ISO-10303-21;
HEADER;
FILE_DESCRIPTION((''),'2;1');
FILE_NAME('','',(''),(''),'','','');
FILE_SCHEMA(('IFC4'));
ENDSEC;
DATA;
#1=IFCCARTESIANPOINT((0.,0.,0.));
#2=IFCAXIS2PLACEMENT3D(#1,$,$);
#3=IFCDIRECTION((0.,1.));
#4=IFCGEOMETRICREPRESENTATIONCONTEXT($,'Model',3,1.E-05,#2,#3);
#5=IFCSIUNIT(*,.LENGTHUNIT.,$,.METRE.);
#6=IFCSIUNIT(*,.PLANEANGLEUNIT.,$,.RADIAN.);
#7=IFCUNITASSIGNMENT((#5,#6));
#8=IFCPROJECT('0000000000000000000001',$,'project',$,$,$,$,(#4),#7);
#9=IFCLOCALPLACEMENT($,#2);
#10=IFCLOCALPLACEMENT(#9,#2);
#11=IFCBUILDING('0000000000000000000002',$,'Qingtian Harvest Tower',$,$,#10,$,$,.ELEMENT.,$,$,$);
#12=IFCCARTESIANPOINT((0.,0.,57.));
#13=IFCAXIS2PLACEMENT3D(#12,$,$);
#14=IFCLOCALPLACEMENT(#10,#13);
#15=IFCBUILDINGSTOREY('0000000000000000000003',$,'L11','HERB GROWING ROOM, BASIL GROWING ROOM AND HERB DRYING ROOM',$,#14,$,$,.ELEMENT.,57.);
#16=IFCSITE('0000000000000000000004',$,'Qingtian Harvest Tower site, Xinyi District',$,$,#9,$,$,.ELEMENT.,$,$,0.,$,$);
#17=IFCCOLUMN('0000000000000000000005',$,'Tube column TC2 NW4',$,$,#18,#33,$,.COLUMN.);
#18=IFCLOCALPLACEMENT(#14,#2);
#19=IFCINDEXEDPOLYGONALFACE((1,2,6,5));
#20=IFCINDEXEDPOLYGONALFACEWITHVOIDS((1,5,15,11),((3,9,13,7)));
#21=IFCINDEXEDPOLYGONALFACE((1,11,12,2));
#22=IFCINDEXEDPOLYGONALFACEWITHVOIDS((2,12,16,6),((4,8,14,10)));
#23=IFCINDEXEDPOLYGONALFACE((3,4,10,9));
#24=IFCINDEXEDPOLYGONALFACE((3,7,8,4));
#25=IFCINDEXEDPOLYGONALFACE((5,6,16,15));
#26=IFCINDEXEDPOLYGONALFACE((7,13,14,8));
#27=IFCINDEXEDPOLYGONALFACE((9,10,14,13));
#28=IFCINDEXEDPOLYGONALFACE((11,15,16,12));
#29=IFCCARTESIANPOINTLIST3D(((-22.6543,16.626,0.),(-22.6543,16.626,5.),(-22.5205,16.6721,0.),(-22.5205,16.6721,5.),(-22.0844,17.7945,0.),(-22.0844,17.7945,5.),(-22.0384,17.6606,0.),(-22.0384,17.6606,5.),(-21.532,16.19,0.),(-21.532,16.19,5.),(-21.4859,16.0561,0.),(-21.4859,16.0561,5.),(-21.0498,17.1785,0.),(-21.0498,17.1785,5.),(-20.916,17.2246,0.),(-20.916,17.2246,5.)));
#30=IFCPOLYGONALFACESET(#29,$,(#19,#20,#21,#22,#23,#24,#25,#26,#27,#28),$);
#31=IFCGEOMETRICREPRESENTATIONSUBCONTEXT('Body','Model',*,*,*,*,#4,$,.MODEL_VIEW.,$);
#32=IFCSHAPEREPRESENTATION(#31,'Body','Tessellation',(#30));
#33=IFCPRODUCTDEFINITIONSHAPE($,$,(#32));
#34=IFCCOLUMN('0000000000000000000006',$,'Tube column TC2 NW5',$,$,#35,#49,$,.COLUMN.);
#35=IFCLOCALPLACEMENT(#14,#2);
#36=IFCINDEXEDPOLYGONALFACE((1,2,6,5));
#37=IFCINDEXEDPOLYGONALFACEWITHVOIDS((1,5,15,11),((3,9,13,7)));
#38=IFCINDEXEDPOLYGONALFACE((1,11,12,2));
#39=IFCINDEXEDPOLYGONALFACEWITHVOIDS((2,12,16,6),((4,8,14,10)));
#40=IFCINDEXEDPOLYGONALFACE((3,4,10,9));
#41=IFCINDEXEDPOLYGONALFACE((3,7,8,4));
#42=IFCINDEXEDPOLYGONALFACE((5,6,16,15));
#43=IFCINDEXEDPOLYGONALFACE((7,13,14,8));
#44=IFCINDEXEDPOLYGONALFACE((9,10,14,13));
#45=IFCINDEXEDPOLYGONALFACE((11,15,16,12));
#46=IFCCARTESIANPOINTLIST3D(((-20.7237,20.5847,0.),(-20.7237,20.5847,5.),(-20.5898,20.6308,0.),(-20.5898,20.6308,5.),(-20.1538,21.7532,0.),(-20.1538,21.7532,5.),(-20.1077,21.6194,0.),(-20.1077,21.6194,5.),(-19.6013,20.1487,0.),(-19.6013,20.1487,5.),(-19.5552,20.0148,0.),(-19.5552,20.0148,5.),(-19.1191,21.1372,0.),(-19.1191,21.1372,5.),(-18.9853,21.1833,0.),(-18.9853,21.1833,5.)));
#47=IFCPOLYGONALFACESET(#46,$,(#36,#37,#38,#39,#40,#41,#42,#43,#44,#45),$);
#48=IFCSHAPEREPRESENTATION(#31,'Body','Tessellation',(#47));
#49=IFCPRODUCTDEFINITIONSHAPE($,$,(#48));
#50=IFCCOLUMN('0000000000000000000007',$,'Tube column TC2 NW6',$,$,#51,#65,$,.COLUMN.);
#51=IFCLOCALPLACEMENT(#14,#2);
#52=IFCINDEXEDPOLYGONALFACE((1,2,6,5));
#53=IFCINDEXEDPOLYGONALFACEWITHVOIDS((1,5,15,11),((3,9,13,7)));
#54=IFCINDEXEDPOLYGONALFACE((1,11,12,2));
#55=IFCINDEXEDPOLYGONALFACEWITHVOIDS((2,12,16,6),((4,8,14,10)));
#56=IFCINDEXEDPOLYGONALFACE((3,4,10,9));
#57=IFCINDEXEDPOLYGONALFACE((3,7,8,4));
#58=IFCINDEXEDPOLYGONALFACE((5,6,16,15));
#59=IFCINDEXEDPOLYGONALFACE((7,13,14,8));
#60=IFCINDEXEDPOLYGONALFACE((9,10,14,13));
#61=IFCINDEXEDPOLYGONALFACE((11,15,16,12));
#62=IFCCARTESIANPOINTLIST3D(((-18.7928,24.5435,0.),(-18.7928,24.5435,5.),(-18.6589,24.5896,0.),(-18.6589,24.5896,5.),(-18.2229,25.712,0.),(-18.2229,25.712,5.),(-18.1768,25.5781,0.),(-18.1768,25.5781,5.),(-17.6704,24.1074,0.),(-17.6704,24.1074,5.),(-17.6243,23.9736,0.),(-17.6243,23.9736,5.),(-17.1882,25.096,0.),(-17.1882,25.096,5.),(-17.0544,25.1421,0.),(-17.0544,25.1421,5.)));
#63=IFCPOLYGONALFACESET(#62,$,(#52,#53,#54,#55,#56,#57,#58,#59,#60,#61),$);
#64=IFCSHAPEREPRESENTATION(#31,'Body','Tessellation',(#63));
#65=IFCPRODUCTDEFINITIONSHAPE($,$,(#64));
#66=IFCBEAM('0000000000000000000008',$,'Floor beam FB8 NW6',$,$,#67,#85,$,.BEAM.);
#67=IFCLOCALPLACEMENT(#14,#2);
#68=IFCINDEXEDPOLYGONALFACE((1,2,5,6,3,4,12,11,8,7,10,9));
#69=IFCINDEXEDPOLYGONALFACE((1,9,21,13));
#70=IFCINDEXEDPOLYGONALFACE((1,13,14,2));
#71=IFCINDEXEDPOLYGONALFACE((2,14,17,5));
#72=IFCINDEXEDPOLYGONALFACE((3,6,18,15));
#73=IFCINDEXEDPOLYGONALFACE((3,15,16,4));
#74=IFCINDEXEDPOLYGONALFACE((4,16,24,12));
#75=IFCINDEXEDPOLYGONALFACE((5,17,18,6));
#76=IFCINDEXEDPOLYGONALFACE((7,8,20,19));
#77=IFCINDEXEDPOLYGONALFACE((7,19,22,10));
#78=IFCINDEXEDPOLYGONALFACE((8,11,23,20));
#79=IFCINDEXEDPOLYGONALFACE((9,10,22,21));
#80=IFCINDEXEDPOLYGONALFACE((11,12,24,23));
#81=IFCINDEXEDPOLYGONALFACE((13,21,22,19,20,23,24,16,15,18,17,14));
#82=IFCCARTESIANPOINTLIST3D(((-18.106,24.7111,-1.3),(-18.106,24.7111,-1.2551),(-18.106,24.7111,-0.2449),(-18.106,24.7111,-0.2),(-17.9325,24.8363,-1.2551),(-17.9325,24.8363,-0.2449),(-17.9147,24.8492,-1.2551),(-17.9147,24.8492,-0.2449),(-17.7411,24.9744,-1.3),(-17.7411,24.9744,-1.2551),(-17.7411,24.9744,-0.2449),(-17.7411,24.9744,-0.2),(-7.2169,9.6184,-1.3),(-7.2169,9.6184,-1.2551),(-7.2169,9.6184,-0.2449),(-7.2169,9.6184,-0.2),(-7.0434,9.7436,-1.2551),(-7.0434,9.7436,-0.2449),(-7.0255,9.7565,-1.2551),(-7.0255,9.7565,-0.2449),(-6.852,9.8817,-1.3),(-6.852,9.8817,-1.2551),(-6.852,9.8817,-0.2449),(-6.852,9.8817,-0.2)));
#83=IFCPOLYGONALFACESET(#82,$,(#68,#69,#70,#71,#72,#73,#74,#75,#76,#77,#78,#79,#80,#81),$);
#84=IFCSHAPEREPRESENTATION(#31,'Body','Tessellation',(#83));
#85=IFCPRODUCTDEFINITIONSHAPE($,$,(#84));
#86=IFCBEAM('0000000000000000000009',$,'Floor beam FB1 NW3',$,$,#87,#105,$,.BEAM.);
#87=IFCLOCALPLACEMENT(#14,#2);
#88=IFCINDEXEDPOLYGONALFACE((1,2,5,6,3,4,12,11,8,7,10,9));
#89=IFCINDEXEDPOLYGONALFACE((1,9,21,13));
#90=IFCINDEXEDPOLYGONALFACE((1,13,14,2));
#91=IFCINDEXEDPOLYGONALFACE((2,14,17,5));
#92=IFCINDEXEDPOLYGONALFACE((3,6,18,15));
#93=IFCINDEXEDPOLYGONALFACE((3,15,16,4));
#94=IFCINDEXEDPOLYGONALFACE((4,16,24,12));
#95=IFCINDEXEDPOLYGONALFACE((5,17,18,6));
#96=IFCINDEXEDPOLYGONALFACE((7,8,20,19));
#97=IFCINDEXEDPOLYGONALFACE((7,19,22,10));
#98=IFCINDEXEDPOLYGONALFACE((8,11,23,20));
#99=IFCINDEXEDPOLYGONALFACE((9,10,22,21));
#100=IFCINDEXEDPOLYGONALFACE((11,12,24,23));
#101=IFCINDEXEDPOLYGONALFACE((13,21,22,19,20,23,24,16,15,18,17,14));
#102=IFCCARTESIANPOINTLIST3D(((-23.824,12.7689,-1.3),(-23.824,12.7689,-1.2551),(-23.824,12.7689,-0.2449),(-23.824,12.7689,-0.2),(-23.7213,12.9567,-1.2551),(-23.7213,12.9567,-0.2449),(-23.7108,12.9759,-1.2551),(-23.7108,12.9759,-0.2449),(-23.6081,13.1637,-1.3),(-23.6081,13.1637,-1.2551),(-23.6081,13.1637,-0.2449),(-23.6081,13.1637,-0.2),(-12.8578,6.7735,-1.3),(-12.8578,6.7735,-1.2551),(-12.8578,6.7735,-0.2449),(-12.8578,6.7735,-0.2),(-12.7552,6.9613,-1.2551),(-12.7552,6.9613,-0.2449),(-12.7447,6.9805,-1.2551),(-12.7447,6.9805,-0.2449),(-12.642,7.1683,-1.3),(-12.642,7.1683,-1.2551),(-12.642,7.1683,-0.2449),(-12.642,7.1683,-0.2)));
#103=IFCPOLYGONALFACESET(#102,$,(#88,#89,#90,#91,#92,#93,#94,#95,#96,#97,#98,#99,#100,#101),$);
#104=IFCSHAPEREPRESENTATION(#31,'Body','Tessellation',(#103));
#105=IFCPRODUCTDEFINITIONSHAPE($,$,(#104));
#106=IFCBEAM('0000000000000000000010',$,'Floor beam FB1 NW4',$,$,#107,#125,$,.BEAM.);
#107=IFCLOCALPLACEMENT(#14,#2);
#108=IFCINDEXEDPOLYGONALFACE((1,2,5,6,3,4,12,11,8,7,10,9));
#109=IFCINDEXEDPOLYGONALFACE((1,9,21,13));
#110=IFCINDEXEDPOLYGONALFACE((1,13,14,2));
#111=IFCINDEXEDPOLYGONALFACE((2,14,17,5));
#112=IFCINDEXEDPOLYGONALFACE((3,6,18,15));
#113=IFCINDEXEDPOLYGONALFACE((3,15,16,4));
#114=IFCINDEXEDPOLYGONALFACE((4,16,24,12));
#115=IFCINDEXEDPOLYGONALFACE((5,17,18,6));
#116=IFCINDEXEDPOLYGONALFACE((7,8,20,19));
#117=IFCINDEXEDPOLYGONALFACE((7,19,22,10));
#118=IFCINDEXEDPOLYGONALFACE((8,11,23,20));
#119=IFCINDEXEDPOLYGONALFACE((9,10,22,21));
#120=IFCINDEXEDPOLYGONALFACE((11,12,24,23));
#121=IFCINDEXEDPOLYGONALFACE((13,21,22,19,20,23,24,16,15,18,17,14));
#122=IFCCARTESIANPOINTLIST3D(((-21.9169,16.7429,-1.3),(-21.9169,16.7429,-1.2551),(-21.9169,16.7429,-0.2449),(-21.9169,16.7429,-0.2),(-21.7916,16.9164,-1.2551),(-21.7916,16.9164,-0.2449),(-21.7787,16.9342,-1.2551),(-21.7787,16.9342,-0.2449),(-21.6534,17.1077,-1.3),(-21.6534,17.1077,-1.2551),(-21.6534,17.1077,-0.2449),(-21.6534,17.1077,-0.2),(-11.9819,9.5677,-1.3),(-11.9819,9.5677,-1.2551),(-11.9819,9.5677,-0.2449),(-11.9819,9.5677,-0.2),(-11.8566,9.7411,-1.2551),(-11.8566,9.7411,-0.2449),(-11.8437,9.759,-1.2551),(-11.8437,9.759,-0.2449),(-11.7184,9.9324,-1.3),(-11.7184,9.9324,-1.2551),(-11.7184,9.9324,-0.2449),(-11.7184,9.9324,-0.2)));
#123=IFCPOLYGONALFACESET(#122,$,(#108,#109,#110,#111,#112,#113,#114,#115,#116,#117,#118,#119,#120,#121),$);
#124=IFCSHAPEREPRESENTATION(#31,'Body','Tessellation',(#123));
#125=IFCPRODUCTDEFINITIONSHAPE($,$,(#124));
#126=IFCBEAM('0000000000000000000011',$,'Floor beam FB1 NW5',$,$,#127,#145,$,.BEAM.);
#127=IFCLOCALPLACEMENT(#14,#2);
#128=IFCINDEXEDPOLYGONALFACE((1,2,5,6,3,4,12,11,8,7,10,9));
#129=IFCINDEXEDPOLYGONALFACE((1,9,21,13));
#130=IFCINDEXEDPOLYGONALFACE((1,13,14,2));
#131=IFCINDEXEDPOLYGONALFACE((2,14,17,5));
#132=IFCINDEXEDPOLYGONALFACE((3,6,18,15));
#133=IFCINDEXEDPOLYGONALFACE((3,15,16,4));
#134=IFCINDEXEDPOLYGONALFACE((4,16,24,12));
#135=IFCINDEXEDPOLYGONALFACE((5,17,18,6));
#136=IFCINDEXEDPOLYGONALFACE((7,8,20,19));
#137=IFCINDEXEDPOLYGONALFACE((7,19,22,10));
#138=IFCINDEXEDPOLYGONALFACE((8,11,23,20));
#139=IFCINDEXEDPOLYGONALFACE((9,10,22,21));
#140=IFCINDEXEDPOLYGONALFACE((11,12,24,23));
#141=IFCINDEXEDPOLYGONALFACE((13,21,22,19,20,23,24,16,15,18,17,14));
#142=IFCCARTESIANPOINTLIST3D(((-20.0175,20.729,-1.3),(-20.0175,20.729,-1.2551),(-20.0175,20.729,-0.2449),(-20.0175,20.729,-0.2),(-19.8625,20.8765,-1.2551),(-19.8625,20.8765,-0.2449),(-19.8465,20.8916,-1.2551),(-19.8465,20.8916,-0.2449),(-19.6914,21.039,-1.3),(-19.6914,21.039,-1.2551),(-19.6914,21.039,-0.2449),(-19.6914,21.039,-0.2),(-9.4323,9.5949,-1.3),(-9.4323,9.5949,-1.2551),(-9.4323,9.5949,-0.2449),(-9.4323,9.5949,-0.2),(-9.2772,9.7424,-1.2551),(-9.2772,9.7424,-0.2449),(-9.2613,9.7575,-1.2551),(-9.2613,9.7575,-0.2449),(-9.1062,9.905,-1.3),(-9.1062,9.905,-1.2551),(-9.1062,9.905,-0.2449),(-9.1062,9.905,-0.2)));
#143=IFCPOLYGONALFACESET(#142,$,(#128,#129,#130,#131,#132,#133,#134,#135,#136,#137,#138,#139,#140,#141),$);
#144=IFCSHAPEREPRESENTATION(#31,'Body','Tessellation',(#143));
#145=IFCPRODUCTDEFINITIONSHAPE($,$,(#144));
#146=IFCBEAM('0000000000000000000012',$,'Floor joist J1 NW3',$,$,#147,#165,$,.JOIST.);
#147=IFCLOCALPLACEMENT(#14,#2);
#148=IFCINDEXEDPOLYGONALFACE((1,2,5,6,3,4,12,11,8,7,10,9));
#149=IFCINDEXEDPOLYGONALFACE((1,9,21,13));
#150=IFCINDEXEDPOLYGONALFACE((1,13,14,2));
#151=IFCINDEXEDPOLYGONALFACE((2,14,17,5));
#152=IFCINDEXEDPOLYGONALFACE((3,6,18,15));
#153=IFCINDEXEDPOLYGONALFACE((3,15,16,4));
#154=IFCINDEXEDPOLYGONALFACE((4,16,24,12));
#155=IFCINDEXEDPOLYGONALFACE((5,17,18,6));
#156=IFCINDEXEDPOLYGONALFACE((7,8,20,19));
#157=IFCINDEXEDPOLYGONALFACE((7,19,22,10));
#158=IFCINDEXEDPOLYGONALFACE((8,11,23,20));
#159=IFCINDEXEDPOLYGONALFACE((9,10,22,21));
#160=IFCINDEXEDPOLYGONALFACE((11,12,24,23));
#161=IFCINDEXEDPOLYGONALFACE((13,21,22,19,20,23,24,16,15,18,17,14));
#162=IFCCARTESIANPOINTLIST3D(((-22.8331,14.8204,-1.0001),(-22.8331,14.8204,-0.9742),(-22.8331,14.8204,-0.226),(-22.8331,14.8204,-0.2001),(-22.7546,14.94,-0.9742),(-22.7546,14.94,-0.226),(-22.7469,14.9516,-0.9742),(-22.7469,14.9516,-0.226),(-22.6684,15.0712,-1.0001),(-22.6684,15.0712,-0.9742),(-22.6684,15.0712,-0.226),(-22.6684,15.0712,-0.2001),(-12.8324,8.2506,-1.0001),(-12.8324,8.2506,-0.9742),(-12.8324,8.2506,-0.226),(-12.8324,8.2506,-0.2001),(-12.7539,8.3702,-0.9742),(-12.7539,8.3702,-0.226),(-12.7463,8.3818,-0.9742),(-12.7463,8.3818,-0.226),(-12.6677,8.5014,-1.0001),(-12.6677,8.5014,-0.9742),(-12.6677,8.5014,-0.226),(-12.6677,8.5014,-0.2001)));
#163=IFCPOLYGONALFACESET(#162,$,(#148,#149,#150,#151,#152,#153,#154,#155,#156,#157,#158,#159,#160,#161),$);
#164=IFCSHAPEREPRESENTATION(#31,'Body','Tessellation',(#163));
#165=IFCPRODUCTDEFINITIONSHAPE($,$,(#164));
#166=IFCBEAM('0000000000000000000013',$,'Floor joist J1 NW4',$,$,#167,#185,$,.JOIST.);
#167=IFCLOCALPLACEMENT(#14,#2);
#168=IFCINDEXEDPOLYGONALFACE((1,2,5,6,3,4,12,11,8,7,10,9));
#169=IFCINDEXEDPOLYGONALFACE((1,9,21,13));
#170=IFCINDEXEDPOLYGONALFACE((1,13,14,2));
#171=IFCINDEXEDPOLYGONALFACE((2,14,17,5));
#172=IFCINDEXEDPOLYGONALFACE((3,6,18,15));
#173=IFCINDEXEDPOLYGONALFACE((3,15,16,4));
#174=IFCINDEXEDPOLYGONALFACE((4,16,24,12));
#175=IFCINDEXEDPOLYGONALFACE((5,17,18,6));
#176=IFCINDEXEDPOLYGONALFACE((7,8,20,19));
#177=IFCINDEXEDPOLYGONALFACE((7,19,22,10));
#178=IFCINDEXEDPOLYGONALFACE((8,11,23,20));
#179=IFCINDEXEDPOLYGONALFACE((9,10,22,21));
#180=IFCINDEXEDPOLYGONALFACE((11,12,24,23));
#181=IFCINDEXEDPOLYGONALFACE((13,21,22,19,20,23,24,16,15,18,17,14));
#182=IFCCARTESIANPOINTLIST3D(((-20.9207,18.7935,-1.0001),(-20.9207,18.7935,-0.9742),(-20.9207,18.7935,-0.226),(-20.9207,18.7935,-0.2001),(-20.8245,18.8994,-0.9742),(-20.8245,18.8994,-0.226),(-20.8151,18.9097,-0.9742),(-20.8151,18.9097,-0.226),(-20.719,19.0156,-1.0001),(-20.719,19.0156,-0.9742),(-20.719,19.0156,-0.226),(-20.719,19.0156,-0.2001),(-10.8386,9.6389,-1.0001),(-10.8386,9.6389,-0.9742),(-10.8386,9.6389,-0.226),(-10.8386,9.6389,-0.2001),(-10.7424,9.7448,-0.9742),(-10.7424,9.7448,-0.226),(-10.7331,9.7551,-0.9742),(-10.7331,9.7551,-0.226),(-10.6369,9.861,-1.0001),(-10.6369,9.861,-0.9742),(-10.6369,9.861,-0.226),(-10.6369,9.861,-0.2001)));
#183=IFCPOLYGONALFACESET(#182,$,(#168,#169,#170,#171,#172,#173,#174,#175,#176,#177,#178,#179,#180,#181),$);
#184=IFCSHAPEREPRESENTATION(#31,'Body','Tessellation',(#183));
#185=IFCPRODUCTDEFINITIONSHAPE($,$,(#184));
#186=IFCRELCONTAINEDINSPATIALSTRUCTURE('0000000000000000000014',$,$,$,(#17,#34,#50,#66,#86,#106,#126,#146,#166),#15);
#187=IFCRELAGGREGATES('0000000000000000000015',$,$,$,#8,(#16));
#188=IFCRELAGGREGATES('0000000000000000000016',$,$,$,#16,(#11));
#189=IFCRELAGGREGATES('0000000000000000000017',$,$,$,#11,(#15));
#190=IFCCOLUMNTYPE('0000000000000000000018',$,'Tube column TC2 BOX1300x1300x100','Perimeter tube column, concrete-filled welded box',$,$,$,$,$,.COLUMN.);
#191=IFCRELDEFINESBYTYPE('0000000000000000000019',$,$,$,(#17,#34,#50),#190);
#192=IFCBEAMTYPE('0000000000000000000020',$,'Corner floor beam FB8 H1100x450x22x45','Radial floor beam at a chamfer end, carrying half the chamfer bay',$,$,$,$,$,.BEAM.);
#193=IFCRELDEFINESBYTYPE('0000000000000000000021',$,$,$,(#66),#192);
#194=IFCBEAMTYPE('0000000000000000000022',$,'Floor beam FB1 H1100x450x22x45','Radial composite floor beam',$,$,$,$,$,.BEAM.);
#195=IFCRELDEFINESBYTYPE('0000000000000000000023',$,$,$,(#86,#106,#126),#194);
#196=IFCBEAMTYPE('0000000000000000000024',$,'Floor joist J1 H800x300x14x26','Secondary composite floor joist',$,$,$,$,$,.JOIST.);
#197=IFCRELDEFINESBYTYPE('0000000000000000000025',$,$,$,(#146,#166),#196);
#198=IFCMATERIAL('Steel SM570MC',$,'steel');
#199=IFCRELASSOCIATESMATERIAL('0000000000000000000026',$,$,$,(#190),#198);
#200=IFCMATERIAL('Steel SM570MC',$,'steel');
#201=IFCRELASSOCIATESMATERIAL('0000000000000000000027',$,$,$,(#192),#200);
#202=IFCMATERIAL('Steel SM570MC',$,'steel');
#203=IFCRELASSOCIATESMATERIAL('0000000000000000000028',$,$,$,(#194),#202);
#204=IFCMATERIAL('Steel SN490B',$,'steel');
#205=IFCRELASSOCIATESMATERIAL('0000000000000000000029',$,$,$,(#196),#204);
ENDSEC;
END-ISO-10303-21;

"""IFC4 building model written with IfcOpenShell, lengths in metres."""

from ifc_helpers import new_model, si_unit, direction, frame, origin, origin_2d, place, context, subcontext, project, spatial, hollow_rectangle, i_section, extrude, material, material_profile, profile_set, type_object, element, save


model = new_model("IFC4")

# Units and contexts
model_context = context("Model", 3, precision=1e-05, world=origin(), true_north=direction((0.0, 1.0)))
body_context = subcontext(model_context, "Body", "Model", "MODEL_VIEW")
ifc_project = project(units=[si_unit("LENGTHUNIT", "METRE"), si_unit("PLANEANGLEUNIT", "RADIAN")], contexts=[model_context])

# Site, building, storey
site_placement = place(None, origin())
site = spatial("IfcSite", under=ifc_project, at=site_placement, Name="Qingtian Harvest Tower site, Xinyi District", CompositionType="ELEMENT", RefElevation=0.0)
building_placement = place(site_placement, origin())
building = spatial("IfcBuilding", under=site, at=building_placement, Name="Qingtian Harvest Tower", CompositionType="ELEMENT")
storey_placement = place(building_placement, frame((0.0, 0.0, 57.0)))
storey = spatial("IfcBuildingStorey", under=building, at=storey_placement, Name="L11", Description="HERB GROWING ROOM, BASIL GROWING ROOM AND HERB DRYING ROOM", CompositionType="ELEMENT", Elevation=57.0)

# Columns
ifc_material_1 = material(Name="Steel SM570MC", Category="steel")
ifc_material_profile_1 = material_profile(ifc_material_1, hollow_rectangle(XDim=1.3, YDim=1.3, WallThickness=0.1001, at=origin_2d()), Name="BOX1300x1300x100")
ifc_profile_set_1 = profile_set([ifc_material_profile_1], Name="Steel SM570MC")
column_type = type_object("IfcColumnType", Name="Tube column TC2 BOX1300x1300x100", Description="Perimeter tube column, concrete-filled welded box", PredefinedType="COLUMN", material=ifc_profile_set_1)
for number, where, z_axis, x_axis, name in (
    (1, (-21.7852, 16.9253, 0.0), (0.0, 0.0, 1.0), (-0.438371, -0.898794, 0.0), "Tube column TC2 NW4"),
    (2, (-19.8545, 20.884, 0.0), (0.0, 0.0, 1.0), (-0.438371, -0.898794, 0.0), "Tube column TC2 NW5"),
    (3, (-17.9236, 24.8428, 0.0), (0.0, 0.0, 1.0), (-0.438371, -0.898794, 0.0), "Tube column TC2 NW6"),
):
    element("IfcColumn", number, at=place(storey_placement, frame(where, z_axis=z_axis, x_axis=x_axis)), inside=storey, type_object=column_type, Name=name, PredefinedType="COLUMN", context=body_context, shape_type="SweptSolid", body=[
        extrude(hollow_rectangle(XDim=1.3, YDim=1.3, WallThickness=0.1001, at=origin_2d()), origin(), (0.0, 0.0, 1.0), 5.0),
    ])

# Beams
ifc_material_2 = material(Name="Steel SM570MC", Category="steel")
ifc_material_profile_2 = material_profile(ifc_material_2, i_section(OverallWidth=0.45, OverallDepth=1.1001, WebThickness=0.022, FlangeThickness=0.0449, at=origin_2d()), Name="H1100x450x22x45")
ifc_profile_set_2 = profile_set([ifc_material_profile_2], Name="Steel SM570MC")
beam_type_1 = type_object("IfcBeamType", Name="Corner floor beam FB8 H1100x450x22x45", Description="Radial floor beam at a chamfer end, carrying half the chamfer bay", PredefinedType="BEAM", material=ifc_profile_set_2)
beam_1_placement = place(storey_placement, frame((-17.9236, 24.8428, -0.75), z_axis=(0.585096, -0.810964, 0.0), x_axis=(0.810964, 0.585096, 0.0)))
element("IfcBeam", 4, at=beam_1_placement, inside=storey, type_object=beam_type_1, Name="Floor beam FB8 NW6", PredefinedType="BEAM", context=body_context, shape_type="SweptSolid", body=[
    extrude(i_section(OverallWidth=0.45, OverallDepth=1.1001, WebThickness=0.022, FlangeThickness=0.0449, at=origin_2d()), origin(), (0.0, 0.0, 1.0), 18.6108),
])
ifc_material_3 = material(Name="Steel SM570MC", Category="steel")
ifc_material_profile_3 = material_profile(ifc_material_3, i_section(OverallWidth=0.45, OverallDepth=1.1001, WebThickness=0.022, FlangeThickness=0.0449, at=origin_2d()), Name="H1100x450x22x45")
ifc_profile_set_3 = profile_set([ifc_material_profile_3], Name="Steel SM570MC")
beam_type_2 = type_object("IfcBeamType", Name="Floor beam FB1 H1100x450x22x45", Description="Radial composite floor beam", PredefinedType="BEAM", material=ifc_profile_set_3)
beam_2_placement = place(storey_placement, frame((-23.7161, 12.9663, -0.75), z_axis=(0.877429, -0.479707, 0.0), x_axis=(0.479707, 0.877429, 0.0)))
element("IfcBeam", 5, at=beam_2_placement, inside=storey, type_object=beam_type_2, Name="Floor beam FB1 NW3", PredefinedType="BEAM", context=body_context, shape_type="SweptSolid", body=[
    extrude(i_section(OverallWidth=0.45, OverallDepth=1.1001, WebThickness=0.022, FlangeThickness=0.0449, at=origin_2d()), origin(), (0.0, 0.0, 1.0), 12.498),
])
beam_3_placement = place(storey_placement, frame((-21.7852, 16.9253, -0.75), z_axis=(0.81068, -0.585489, 0.0), x_axis=(0.585489, 0.81068, 0.0)))
element("IfcBeam", 6, at=beam_3_placement, inside=storey, type_object=beam_type_2, Name="Floor beam FB1 NW4", PredefinedType="BEAM", context=body_context, shape_type="SweptSolid", body=[
    extrude(i_section(OverallWidth=0.45, OverallDepth=1.1001, WebThickness=0.022, FlangeThickness=0.0449, at=origin_2d()), origin(), (0.0, 0.0, 1.0), 12.2551),
])
beam_4_placement = place(storey_placement, frame((-19.8545, 20.884, -0.75), z_axis=(0.689019, -0.724743, 0.0), x_axis=(0.724743, 0.689019, 0.0)))
element("IfcBeam", 7, at=beam_4_placement, inside=storey, type_object=beam_type_2, Name="Floor beam FB1 NW5", PredefinedType="BEAM", context=body_context, shape_type="SweptSolid", body=[
    extrude(i_section(OverallWidth=0.45, OverallDepth=1.1001, WebThickness=0.022, FlangeThickness=0.0449, at=origin_2d()), origin(), (0.0, 0.0, 1.0), 15.3628),
])
ifc_material_4 = material(Name="Steel SN490B", Category="steel")
ifc_material_profile_4 = material_profile(ifc_material_4, i_section(OverallWidth=0.3, OverallDepth=0.8, WebThickness=0.0139, FlangeThickness=0.0259, at=origin_2d()), Name="H800x300x14x26")
ifc_profile_set_4 = profile_set([ifc_material_profile_4], Name="Steel SN490B")
beam_type_3 = type_object("IfcBeamType", Name="Floor joist J1 H800x300x14x26", Description="Secondary composite floor joist", PredefinedType="JOIST", material=ifc_profile_set_4)
beam_5_placement = place(storey_placement, frame((-22.7507, 14.9458, -0.6001), z_axis=(0.835785, -0.549056, 0.0), x_axis=(0.549056, 0.835785, 0.0)))
element("IfcBeam", 8, at=beam_5_placement, inside=storey, type_object=beam_type_3, Name="Floor joist J1 NW3", PredefinedType="JOIST", context=body_context, shape_type="SweptSolid", body=[
    extrude(i_section(OverallWidth=0.3, OverallDepth=0.8, WebThickness=0.0139, FlangeThickness=0.0259, at=origin_2d()), origin(), (0.0, 0.0, 1.0), 11.9656),
])
beam_6_placement = place(storey_placement, frame((-20.8198, 18.9045, -0.6001), z_axis=(0.74034, -0.672233, 0.0), x_axis=(0.672233, 0.74034, 0.0)))
element("IfcBeam", 9, at=beam_6_placement, inside=storey, type_object=beam_type_3, Name="Floor joist J1 NW4", PredefinedType="JOIST", context=body_context, shape_type="SweptSolid", body=[
    extrude(i_section(OverallWidth=0.3, OverallDepth=0.8, WebThickness=0.0139, FlangeThickness=0.0259, at=origin_2d()), origin(), (0.0, 0.0, 1.0), 13.6182),
])

save(model, "model.ifc")
